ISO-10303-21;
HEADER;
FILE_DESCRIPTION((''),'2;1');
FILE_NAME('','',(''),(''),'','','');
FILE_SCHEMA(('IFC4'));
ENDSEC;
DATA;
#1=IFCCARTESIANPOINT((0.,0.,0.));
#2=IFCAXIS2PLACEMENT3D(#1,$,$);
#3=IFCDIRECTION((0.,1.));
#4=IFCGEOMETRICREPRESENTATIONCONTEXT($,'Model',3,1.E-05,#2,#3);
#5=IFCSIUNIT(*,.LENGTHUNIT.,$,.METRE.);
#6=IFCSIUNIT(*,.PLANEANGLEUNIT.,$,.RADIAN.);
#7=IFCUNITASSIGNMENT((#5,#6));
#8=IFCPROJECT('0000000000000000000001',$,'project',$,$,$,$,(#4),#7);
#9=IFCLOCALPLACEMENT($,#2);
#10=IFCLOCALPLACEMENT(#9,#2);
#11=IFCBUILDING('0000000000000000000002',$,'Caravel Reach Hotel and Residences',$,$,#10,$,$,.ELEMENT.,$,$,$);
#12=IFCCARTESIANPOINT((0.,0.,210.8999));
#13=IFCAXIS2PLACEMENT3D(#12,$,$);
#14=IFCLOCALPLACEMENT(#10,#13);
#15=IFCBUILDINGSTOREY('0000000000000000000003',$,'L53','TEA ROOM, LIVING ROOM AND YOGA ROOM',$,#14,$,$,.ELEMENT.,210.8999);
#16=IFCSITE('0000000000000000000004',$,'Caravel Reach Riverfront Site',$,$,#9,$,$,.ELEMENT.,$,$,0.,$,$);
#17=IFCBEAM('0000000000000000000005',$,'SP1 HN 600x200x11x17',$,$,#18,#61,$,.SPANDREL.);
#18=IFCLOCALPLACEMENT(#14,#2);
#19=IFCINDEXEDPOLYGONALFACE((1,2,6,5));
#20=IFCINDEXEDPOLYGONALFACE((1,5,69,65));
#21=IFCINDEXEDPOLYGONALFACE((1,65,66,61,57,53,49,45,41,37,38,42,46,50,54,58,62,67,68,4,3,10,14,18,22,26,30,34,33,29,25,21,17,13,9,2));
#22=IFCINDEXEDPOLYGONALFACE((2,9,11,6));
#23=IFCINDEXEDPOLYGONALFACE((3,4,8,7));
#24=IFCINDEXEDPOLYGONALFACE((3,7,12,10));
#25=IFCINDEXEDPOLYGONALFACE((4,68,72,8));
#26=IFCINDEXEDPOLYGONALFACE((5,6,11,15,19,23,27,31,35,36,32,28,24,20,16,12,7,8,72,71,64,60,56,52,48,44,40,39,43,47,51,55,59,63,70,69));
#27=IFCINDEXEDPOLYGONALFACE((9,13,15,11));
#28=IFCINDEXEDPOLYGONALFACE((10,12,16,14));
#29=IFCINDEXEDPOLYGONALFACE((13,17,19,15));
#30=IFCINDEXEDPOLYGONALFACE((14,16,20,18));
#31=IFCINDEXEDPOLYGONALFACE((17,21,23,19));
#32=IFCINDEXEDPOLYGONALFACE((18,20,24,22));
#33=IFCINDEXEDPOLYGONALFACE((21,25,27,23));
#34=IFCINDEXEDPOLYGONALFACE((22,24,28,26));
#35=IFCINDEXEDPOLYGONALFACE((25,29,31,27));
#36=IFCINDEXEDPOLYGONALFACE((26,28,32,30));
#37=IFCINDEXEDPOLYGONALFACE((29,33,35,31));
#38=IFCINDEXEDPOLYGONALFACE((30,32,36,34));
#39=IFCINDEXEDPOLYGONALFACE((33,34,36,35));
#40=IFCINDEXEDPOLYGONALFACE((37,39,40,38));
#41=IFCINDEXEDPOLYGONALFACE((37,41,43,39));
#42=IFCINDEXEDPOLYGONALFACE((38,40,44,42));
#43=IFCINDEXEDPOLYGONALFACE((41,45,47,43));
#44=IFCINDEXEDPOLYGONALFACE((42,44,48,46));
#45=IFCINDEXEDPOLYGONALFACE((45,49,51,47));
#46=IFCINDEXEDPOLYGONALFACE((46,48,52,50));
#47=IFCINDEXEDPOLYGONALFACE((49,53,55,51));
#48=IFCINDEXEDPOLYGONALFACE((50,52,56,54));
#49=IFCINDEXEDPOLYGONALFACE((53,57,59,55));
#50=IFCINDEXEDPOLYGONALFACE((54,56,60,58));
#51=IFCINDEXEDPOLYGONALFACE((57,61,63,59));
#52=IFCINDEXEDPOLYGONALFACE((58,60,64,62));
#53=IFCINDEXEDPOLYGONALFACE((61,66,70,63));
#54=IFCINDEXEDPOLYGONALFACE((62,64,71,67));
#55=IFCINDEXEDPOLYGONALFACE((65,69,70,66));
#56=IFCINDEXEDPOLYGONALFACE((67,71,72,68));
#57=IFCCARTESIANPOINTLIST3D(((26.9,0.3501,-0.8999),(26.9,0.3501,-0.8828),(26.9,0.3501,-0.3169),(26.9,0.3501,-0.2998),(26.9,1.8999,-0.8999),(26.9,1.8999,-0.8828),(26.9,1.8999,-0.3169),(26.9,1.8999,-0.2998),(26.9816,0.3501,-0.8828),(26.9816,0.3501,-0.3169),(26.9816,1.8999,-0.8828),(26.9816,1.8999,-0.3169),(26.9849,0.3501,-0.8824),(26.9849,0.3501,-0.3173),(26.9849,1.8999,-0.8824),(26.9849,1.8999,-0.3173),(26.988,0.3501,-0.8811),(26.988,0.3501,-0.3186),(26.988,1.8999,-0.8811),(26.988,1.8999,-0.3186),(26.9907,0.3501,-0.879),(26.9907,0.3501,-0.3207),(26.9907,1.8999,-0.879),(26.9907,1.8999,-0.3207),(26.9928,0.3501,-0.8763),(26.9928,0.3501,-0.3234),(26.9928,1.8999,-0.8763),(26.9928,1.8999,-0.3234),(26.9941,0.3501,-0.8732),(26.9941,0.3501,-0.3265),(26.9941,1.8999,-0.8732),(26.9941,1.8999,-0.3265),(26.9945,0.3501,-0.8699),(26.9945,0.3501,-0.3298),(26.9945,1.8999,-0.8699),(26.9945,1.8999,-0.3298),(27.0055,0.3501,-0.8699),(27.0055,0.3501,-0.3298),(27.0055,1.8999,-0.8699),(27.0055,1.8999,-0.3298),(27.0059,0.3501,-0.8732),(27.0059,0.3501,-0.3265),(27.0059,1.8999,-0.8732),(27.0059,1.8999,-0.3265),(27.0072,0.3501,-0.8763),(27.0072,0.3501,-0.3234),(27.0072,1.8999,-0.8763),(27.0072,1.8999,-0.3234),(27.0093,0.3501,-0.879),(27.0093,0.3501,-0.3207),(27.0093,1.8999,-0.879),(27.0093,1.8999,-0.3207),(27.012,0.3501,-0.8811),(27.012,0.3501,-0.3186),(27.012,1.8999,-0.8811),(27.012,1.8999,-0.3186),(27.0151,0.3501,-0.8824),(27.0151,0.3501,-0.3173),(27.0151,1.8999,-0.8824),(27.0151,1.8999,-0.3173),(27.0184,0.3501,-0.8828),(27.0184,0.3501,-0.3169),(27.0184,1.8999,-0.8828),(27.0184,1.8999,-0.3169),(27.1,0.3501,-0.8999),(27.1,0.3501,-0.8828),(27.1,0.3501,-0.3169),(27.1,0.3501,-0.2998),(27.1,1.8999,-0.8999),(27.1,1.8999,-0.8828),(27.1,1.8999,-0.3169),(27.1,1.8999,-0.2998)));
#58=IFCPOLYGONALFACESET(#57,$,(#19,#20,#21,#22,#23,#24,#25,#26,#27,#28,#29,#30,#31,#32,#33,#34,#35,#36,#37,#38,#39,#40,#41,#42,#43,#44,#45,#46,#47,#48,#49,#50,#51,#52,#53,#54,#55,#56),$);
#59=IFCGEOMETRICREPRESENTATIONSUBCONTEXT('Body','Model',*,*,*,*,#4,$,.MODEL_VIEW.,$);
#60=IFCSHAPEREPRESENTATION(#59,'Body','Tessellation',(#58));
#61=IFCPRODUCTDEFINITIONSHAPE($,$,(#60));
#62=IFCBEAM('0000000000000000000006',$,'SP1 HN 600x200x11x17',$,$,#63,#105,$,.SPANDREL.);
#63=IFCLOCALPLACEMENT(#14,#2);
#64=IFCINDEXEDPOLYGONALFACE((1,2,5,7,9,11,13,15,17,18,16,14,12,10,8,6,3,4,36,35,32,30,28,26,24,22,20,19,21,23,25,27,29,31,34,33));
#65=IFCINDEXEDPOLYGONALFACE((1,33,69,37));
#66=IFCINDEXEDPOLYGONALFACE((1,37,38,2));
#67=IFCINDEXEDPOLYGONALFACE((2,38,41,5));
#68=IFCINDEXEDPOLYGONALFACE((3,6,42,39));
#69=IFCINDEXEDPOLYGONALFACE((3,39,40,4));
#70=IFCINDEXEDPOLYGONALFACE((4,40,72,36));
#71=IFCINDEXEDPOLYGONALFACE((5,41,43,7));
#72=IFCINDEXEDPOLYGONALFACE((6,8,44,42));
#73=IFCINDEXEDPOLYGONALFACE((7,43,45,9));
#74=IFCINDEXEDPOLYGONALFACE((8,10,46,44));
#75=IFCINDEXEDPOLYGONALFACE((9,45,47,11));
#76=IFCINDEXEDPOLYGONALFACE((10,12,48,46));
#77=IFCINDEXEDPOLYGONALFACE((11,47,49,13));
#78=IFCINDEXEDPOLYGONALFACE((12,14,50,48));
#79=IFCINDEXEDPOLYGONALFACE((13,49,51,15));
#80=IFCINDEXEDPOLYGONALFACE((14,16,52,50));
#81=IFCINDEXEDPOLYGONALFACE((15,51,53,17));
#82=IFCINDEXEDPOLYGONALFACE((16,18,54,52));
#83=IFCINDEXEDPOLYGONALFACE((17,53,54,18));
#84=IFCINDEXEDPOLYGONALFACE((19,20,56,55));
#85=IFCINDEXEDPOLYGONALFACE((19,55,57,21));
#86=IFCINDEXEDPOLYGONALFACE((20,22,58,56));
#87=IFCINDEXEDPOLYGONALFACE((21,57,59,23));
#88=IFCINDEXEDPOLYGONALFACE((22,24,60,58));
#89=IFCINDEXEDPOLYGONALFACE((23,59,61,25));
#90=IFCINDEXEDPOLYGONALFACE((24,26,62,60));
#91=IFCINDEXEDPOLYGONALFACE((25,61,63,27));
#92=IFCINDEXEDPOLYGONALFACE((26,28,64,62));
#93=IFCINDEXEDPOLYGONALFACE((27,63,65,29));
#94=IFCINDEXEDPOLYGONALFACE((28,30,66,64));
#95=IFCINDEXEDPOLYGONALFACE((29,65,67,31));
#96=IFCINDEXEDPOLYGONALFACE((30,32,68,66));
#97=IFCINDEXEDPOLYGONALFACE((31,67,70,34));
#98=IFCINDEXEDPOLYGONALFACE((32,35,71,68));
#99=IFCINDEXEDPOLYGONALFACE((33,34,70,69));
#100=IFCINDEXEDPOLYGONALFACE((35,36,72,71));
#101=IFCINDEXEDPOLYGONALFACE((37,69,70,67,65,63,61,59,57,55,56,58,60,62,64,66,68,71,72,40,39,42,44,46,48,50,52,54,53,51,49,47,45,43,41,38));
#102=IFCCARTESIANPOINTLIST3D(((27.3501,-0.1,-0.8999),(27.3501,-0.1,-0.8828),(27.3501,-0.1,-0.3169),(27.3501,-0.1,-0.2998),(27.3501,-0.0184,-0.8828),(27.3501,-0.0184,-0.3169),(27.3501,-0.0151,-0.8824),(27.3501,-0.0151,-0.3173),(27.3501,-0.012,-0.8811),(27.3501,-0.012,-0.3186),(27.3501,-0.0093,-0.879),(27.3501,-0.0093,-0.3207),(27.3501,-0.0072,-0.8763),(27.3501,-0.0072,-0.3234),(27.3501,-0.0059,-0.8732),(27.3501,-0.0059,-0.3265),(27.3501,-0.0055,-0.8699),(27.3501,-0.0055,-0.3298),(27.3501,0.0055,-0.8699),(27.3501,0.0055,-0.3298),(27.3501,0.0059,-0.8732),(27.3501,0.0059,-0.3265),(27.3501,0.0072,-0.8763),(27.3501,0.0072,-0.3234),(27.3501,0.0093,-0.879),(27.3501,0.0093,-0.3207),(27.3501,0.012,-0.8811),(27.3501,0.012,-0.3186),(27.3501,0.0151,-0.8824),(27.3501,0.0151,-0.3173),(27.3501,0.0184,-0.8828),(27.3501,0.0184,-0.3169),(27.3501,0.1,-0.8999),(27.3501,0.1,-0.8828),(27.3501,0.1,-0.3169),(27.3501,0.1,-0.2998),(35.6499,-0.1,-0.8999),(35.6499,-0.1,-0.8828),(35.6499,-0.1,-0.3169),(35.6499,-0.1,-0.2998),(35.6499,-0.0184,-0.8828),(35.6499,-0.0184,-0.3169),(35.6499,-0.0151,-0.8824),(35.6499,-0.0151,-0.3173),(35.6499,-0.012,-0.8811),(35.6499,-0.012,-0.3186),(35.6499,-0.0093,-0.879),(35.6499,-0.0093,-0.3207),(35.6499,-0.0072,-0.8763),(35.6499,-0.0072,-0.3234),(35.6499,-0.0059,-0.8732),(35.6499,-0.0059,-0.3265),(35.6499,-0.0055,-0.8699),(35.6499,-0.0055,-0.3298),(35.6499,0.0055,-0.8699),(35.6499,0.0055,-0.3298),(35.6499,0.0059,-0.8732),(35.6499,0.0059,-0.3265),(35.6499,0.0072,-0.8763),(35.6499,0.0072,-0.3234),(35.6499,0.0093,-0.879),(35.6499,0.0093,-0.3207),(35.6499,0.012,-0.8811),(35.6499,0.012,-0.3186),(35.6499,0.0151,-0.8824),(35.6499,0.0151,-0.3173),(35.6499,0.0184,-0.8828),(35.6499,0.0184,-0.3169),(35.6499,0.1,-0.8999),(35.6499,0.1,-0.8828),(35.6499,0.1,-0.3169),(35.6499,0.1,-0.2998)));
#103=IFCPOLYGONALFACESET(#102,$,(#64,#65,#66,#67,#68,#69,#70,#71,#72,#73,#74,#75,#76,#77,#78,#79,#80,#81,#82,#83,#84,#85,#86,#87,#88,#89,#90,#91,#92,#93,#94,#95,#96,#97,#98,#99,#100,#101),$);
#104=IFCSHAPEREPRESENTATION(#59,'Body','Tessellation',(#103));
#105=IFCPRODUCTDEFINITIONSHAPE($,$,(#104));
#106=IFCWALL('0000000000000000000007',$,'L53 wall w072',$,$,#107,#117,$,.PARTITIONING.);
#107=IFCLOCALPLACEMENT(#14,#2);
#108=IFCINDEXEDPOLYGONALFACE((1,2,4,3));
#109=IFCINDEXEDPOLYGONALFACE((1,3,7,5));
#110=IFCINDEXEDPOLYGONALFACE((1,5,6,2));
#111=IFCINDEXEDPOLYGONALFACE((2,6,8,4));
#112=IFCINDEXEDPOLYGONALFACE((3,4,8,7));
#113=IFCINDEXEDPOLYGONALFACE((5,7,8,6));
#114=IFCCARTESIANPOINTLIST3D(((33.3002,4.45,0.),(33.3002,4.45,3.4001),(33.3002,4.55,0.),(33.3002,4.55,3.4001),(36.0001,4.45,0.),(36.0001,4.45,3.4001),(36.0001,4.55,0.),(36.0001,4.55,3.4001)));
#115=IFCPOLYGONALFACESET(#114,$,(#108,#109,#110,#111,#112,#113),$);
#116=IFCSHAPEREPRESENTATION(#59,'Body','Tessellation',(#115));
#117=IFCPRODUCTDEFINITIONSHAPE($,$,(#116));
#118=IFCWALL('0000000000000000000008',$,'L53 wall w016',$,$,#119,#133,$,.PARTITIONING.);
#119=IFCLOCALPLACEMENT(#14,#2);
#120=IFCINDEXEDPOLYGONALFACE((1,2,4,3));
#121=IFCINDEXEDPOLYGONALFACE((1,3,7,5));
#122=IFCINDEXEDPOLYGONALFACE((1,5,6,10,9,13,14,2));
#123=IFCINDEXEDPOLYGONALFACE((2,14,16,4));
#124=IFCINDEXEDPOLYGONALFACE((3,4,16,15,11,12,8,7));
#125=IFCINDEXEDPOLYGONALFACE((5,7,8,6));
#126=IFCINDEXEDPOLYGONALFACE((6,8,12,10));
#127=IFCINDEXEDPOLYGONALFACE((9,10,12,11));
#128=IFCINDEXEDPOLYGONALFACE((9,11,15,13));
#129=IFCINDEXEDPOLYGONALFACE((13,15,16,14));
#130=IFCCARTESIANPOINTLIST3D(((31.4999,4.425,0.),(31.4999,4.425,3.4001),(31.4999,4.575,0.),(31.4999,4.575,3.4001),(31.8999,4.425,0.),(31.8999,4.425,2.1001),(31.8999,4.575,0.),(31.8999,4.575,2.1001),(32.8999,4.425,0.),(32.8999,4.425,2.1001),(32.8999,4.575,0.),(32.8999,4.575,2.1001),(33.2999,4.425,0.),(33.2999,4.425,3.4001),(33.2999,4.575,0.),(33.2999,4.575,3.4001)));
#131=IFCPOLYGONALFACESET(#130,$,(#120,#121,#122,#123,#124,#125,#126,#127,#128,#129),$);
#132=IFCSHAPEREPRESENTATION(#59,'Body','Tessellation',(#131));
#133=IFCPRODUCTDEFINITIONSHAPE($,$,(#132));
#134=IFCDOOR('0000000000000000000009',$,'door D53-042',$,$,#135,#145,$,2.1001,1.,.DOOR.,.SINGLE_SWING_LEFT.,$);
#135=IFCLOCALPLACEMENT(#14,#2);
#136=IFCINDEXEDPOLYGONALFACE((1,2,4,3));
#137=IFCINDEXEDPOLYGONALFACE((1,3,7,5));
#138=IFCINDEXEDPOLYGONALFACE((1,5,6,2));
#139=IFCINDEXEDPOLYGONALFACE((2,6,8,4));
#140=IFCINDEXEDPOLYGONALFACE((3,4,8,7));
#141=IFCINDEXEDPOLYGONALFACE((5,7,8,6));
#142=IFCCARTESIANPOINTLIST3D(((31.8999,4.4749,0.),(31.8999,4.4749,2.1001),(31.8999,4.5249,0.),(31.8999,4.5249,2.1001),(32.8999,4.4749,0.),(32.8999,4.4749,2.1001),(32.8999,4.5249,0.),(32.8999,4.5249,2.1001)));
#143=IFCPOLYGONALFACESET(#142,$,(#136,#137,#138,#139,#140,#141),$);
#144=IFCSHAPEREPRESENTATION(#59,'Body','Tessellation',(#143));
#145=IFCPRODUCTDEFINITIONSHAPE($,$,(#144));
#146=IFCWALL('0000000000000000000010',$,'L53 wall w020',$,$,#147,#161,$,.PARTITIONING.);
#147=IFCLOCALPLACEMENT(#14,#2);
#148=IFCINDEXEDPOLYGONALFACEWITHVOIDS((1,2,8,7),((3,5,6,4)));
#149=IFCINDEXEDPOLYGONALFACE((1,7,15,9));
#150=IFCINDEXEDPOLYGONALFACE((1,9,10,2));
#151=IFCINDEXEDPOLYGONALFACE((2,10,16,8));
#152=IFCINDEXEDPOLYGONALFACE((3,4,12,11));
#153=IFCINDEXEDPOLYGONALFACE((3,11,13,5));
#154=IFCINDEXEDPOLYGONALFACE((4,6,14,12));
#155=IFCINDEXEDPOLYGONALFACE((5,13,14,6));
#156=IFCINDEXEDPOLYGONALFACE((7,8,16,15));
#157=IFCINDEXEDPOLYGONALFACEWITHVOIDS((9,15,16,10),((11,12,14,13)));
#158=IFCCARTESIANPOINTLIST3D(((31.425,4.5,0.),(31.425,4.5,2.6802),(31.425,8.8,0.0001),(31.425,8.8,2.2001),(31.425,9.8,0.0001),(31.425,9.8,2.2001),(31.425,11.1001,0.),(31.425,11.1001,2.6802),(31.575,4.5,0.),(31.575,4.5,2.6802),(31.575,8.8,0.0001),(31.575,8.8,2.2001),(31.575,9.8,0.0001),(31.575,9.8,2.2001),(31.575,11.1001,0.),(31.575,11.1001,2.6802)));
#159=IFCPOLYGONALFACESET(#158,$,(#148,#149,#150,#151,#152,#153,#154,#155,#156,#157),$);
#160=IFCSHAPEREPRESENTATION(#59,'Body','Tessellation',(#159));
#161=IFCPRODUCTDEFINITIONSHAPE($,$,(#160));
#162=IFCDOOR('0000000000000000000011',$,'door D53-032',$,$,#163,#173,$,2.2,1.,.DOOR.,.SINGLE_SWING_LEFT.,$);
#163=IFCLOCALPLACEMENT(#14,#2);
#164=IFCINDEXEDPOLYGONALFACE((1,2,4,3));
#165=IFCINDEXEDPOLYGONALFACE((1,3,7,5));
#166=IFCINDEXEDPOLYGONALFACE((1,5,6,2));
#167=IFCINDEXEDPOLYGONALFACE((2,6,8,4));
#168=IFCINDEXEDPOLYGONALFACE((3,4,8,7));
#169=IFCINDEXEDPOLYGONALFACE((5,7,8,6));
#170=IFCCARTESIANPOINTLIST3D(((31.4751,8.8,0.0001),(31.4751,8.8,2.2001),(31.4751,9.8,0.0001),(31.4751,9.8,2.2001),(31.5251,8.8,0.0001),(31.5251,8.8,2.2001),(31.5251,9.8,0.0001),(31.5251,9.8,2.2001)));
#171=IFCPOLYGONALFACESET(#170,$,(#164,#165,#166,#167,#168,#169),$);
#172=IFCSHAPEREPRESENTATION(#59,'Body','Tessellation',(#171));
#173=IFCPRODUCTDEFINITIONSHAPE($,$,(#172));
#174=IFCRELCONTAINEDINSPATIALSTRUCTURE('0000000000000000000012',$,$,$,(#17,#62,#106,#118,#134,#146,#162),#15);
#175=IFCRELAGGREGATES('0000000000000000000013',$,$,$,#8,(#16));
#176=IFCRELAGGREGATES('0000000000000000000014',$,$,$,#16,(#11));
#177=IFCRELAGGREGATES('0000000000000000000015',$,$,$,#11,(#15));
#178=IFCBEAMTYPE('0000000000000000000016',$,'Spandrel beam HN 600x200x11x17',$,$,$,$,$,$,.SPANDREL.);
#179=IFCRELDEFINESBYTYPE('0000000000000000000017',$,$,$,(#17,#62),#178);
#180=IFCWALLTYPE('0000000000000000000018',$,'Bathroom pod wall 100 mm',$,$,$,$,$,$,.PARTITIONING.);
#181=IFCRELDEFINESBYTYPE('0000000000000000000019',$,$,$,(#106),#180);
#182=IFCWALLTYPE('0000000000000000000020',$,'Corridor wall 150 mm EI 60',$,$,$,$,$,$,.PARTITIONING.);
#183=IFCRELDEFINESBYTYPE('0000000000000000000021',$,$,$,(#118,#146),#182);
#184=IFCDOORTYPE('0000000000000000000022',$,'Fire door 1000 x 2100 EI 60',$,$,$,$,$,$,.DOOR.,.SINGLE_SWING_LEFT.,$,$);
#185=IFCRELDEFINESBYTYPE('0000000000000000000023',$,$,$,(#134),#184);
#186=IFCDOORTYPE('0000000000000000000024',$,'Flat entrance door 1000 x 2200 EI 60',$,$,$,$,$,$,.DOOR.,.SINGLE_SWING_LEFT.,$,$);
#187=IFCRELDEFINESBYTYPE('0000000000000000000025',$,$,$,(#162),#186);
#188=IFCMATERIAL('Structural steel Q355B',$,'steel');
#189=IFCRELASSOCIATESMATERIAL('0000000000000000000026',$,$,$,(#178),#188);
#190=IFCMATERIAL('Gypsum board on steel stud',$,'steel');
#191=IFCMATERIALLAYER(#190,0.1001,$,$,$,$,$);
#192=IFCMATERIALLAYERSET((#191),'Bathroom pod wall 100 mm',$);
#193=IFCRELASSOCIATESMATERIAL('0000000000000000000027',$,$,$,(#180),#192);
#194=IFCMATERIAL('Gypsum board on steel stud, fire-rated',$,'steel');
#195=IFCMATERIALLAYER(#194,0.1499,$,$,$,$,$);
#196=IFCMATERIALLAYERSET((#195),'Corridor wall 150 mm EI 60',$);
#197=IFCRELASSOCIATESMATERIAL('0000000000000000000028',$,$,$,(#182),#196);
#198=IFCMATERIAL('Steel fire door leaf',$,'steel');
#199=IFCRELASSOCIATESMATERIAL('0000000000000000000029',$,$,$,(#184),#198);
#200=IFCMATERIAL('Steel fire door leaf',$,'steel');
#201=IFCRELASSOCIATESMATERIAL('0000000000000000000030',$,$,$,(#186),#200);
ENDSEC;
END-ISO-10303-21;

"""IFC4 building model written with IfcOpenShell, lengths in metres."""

from ifc_helpers import new_model, si_unit, direction, frame, frame_2d, origin, origin_2d, place, context, subcontext, project, spatial, rectangle, i_section, extrude, material, layer, layer_set, material_profile, profile_set, type_object, element, fill, save


model = new_model("IFC4")

# Units and contexts
model_context = context("Model", 3, precision=1e-05, world=origin(), true_north=direction((0.0, 1.0)))
body_context = subcontext(model_context, "Body", "Model", "MODEL_VIEW")
ifc_project = project(units=[si_unit("LENGTHUNIT", "METRE"), si_unit("PLANEANGLEUNIT", "RADIAN")], contexts=[model_context])

# Site, building, storey
site_placement = place(None, origin())
site = spatial("IfcSite", under=ifc_project, at=site_placement, Name="Caravel Reach Riverfront Site", CompositionType="ELEMENT", RefElevation=0.0)
building_placement = place(site_placement, origin())
building = spatial("IfcBuilding", under=site, at=building_placement, Name="Caravel Reach Hotel and Residences", CompositionType="ELEMENT")
storey_placement = place(building_placement, frame((0.0, 0.0, 210.8999)))
storey = spatial("IfcBuildingStorey", under=building, at=storey_placement, Name="L53", Description="TEA ROOM, LIVING ROOM AND YOGA ROOM", CompositionType="ELEMENT", Elevation=210.8999)

# Beams
ifc_material_1 = material(Name="Structural steel Q355B", Category="steel")
ifc_material_profile_1 = material_profile(ifc_material_1, i_section(OverallWidth=0.2, OverallDepth=0.6001, WebThickness=0.011, FlangeThickness=0.0171, FilletRadius=0.0129, at=origin_2d()), Name="HN 600x200x11x17")
ifc_profile_set_1 = profile_set([ifc_material_profile_1], Name="Structural steel Q355B")
beam_type = type_object("IfcBeamType", Name="Spandrel beam HN 600x200x11x17", PredefinedType="SPANDREL", material=ifc_profile_set_1)
for number, where, z_axis, x_axis, name in (
    (1, (27.0, 1.8999, -0.5999), (0.0, -1.0, 0.0), (1.0, 0.0, 0.0), "SP1 HN 600x200x11x17"),
):
    element("IfcBeam", number, at=place(storey_placement, frame(where, z_axis=z_axis, x_axis=x_axis)), inside=storey, type_object=beam_type, Name=name, PredefinedType="SPANDREL", context=body_context, shape_type="SweptSolid", body=[
        extrude(i_section(OverallWidth=0.2, OverallDepth=0.6001, WebThickness=0.011, FlangeThickness=0.0171, FilletRadius=0.0129, at=origin_2d()), origin(), (0.0, 0.0, 1.0), 1.5498),
    ])
beam_placement = place(storey_placement, frame((27.3501, 0.0, -0.5999), z_axis=(1.0, 0.0, 0.0), x_axis=(0.0, 1.0, 0.0)))
element("IfcBeam", 2, at=beam_placement, inside=storey, type_object=beam_type, Name="SP1 HN 600x200x11x17", PredefinedType="SPANDREL", context=body_context, shape_type="SweptSolid", body=[
    extrude(i_section(OverallWidth=0.2, OverallDepth=0.6001, WebThickness=0.011, FlangeThickness=0.0171, FilletRadius=0.0129, at=origin_2d()), origin(), (0.0, 0.0, 1.0), 8.2998),
])

# Wall
ifc_material_2 = material(Name="Gypsum board on steel stud", Category="steel")
ifc_layer_1 = layer(ifc_material_2, 0.1001)
ifc_layer_set_1 = layer_set([ifc_layer_1], Name="Bathroom pod wall 100 mm")
wall_type_1 = type_object("IfcWallType", Name="Bathroom pod wall 100 mm", PredefinedType="PARTITIONING", material=ifc_layer_set_1)
wall_1_placement = place(storey_placement, frame((33.3, 4.5, 0.0), z_axis=(0.0, 0.0, 1.0), x_axis=(1.0, 0.0, 0.0)))
element("IfcWall", 3, at=wall_1_placement, inside=storey, type_object=wall_type_1, Name="L53 wall w072", PredefinedType="PARTITIONING", context=body_context, shape_type="SweptSolid", body=[
    extrude(rectangle(XDim=2.7, YDim=0.1001, at=frame_2d((1.3501, 0.0))), origin(), (0.0, 0.0, 1.0), 3.4001),
])

# Walls, openings, doors
ifc_material_3 = material(Name="Gypsum board on steel stud, fire-rated", Category="steel")
ifc_layer_2 = layer(ifc_material_3, 0.1499)
ifc_layer_set_2 = layer_set([ifc_layer_2], Name="Corridor wall 150 mm EI 60")
wall_type_2 = type_object("IfcWallType", Name="Corridor wall 150 mm EI 60", PredefinedType="PARTITIONING", material=ifc_layer_set_2)
wall_2_placement = place(storey_placement, frame((31.5, 4.5, 0.0), z_axis=(0.0, 0.0, 1.0), x_axis=(1.0, 0.0, 0.0)))
wall_2 = element("IfcWall", 4, at=wall_2_placement, inside=storey, type_object=wall_type_2, Name="L53 wall w016", PredefinedType="PARTITIONING", context=body_context, shape_type="SweptSolid", body=[
    extrude(rectangle(XDim=1.8, YDim=0.1499, at=frame_2d((0.8999, 0.0))), origin(), (0.0, 0.0, 1.0), 3.4001),
])
opening_1_placement = place(wall_2_placement, frame((0.3999, 0.0, 0.0)))
opening_1 = element("IfcOpeningElement", 5, at=opening_1_placement, cuts=wall_2, PredefinedType="OPENING", context=body_context, shape_type="SweptSolid", body=[
    extrude(rectangle(XDim=1.0, YDim=2.1001, at=frame_2d((0.5, 1.05))), frame((0.0, 0.085, 0.0), z_axis=(0.0, -1.0, 0.0), x_axis=(1.0, 0.0, 0.0)), (0.0, 0.0, 1.0), 0.1699),
])
ifc_material_4 = material(Name="Steel fire door leaf", Category="steel")
door_type_1 = type_object("IfcDoorType", Name="Fire door 1000 x 2100 EI 60", OperationType="SINGLE_SWING_LEFT", PredefinedType="DOOR", material=ifc_material_4)
door_1_placement = place(opening_1_placement, origin())
door_1 = element("IfcDoor", 6, at=door_1_placement, inside=storey, type_object=door_type_1, Name="door D53-042", OperationType="SINGLE_SWING_LEFT", OverallHeight=2.1001, OverallWidth=1.0, PredefinedType="DOOR", context=body_context, shape_type="SweptSolid", body=[
    extrude(rectangle(XDim=1.0, YDim=2.1001, at=frame_2d((0.5, 1.05))), frame((0.0, 0.0249, 0.0), z_axis=(0.0, -1.0, 0.0), x_axis=(1.0, 0.0, 0.0)), (0.0, 0.0, 1.0), 0.05),
])
fill(opening_1, door_1)
wall_3_placement = place(storey_placement, frame((31.5, 4.5, 0.0), z_axis=(0.0, 0.0, 1.0), x_axis=(0.0, 1.0, 0.0)))
wall_3 = element("IfcWall", 7, at=wall_3_placement, inside=storey, type_object=wall_type_2, Name="L53 wall w020", PredefinedType="PARTITIONING", context=body_context, shape_type="SweptSolid", body=[
    extrude(rectangle(XDim=6.6001, YDim=0.1499, at=frame_2d((3.3, 0.0))), origin(), (0.0, 0.0, 1.0), 2.6802),
])
opening_2_placement = place(wall_3_placement, frame((4.3, 0.0, 0.0)))
opening_2 = element("IfcOpeningElement", 8, at=opening_2_placement, cuts=wall_3, PredefinedType="OPENING", context=body_context, shape_type="SweptSolid", body=[
    extrude(rectangle(XDim=1.0, YDim=2.2, at=frame_2d((0.5, 1.1001))), frame((0.0, 0.085, 0.0), z_axis=(0.0, -1.0, 0.0), x_axis=(1.0, 0.0, 0.0)), (0.0, 0.0, 1.0), 0.1699),
])
ifc_material_5 = material(Name="Steel fire door leaf", Category="steel")
door_type_2 = type_object("IfcDoorType", Name="Flat entrance door 1000 x 2200 EI 60", OperationType="SINGLE_SWING_LEFT", PredefinedType="DOOR", material=ifc_material_5)
door_2_placement = place(opening_2_placement, origin())
door_2 = element("IfcDoor", 9, at=door_2_placement, inside=storey, type_object=door_type_2, Name="door D53-032", OperationType="SINGLE_SWING_LEFT", OverallHeight=2.2, OverallWidth=1.0, PredefinedType="DOOR", context=body_context, shape_type="SweptSolid", body=[
    extrude(rectangle(XDim=1.0, YDim=2.2, at=frame_2d((0.5, 1.1001))), frame((0.0, 0.0249, 0.0), z_axis=(0.0, -1.0, 0.0), x_axis=(1.0, 0.0, 0.0)), (0.0, 0.0, 1.0), 0.05),
])
fill(opening_2, door_2)

save(model, "model.ifc")
